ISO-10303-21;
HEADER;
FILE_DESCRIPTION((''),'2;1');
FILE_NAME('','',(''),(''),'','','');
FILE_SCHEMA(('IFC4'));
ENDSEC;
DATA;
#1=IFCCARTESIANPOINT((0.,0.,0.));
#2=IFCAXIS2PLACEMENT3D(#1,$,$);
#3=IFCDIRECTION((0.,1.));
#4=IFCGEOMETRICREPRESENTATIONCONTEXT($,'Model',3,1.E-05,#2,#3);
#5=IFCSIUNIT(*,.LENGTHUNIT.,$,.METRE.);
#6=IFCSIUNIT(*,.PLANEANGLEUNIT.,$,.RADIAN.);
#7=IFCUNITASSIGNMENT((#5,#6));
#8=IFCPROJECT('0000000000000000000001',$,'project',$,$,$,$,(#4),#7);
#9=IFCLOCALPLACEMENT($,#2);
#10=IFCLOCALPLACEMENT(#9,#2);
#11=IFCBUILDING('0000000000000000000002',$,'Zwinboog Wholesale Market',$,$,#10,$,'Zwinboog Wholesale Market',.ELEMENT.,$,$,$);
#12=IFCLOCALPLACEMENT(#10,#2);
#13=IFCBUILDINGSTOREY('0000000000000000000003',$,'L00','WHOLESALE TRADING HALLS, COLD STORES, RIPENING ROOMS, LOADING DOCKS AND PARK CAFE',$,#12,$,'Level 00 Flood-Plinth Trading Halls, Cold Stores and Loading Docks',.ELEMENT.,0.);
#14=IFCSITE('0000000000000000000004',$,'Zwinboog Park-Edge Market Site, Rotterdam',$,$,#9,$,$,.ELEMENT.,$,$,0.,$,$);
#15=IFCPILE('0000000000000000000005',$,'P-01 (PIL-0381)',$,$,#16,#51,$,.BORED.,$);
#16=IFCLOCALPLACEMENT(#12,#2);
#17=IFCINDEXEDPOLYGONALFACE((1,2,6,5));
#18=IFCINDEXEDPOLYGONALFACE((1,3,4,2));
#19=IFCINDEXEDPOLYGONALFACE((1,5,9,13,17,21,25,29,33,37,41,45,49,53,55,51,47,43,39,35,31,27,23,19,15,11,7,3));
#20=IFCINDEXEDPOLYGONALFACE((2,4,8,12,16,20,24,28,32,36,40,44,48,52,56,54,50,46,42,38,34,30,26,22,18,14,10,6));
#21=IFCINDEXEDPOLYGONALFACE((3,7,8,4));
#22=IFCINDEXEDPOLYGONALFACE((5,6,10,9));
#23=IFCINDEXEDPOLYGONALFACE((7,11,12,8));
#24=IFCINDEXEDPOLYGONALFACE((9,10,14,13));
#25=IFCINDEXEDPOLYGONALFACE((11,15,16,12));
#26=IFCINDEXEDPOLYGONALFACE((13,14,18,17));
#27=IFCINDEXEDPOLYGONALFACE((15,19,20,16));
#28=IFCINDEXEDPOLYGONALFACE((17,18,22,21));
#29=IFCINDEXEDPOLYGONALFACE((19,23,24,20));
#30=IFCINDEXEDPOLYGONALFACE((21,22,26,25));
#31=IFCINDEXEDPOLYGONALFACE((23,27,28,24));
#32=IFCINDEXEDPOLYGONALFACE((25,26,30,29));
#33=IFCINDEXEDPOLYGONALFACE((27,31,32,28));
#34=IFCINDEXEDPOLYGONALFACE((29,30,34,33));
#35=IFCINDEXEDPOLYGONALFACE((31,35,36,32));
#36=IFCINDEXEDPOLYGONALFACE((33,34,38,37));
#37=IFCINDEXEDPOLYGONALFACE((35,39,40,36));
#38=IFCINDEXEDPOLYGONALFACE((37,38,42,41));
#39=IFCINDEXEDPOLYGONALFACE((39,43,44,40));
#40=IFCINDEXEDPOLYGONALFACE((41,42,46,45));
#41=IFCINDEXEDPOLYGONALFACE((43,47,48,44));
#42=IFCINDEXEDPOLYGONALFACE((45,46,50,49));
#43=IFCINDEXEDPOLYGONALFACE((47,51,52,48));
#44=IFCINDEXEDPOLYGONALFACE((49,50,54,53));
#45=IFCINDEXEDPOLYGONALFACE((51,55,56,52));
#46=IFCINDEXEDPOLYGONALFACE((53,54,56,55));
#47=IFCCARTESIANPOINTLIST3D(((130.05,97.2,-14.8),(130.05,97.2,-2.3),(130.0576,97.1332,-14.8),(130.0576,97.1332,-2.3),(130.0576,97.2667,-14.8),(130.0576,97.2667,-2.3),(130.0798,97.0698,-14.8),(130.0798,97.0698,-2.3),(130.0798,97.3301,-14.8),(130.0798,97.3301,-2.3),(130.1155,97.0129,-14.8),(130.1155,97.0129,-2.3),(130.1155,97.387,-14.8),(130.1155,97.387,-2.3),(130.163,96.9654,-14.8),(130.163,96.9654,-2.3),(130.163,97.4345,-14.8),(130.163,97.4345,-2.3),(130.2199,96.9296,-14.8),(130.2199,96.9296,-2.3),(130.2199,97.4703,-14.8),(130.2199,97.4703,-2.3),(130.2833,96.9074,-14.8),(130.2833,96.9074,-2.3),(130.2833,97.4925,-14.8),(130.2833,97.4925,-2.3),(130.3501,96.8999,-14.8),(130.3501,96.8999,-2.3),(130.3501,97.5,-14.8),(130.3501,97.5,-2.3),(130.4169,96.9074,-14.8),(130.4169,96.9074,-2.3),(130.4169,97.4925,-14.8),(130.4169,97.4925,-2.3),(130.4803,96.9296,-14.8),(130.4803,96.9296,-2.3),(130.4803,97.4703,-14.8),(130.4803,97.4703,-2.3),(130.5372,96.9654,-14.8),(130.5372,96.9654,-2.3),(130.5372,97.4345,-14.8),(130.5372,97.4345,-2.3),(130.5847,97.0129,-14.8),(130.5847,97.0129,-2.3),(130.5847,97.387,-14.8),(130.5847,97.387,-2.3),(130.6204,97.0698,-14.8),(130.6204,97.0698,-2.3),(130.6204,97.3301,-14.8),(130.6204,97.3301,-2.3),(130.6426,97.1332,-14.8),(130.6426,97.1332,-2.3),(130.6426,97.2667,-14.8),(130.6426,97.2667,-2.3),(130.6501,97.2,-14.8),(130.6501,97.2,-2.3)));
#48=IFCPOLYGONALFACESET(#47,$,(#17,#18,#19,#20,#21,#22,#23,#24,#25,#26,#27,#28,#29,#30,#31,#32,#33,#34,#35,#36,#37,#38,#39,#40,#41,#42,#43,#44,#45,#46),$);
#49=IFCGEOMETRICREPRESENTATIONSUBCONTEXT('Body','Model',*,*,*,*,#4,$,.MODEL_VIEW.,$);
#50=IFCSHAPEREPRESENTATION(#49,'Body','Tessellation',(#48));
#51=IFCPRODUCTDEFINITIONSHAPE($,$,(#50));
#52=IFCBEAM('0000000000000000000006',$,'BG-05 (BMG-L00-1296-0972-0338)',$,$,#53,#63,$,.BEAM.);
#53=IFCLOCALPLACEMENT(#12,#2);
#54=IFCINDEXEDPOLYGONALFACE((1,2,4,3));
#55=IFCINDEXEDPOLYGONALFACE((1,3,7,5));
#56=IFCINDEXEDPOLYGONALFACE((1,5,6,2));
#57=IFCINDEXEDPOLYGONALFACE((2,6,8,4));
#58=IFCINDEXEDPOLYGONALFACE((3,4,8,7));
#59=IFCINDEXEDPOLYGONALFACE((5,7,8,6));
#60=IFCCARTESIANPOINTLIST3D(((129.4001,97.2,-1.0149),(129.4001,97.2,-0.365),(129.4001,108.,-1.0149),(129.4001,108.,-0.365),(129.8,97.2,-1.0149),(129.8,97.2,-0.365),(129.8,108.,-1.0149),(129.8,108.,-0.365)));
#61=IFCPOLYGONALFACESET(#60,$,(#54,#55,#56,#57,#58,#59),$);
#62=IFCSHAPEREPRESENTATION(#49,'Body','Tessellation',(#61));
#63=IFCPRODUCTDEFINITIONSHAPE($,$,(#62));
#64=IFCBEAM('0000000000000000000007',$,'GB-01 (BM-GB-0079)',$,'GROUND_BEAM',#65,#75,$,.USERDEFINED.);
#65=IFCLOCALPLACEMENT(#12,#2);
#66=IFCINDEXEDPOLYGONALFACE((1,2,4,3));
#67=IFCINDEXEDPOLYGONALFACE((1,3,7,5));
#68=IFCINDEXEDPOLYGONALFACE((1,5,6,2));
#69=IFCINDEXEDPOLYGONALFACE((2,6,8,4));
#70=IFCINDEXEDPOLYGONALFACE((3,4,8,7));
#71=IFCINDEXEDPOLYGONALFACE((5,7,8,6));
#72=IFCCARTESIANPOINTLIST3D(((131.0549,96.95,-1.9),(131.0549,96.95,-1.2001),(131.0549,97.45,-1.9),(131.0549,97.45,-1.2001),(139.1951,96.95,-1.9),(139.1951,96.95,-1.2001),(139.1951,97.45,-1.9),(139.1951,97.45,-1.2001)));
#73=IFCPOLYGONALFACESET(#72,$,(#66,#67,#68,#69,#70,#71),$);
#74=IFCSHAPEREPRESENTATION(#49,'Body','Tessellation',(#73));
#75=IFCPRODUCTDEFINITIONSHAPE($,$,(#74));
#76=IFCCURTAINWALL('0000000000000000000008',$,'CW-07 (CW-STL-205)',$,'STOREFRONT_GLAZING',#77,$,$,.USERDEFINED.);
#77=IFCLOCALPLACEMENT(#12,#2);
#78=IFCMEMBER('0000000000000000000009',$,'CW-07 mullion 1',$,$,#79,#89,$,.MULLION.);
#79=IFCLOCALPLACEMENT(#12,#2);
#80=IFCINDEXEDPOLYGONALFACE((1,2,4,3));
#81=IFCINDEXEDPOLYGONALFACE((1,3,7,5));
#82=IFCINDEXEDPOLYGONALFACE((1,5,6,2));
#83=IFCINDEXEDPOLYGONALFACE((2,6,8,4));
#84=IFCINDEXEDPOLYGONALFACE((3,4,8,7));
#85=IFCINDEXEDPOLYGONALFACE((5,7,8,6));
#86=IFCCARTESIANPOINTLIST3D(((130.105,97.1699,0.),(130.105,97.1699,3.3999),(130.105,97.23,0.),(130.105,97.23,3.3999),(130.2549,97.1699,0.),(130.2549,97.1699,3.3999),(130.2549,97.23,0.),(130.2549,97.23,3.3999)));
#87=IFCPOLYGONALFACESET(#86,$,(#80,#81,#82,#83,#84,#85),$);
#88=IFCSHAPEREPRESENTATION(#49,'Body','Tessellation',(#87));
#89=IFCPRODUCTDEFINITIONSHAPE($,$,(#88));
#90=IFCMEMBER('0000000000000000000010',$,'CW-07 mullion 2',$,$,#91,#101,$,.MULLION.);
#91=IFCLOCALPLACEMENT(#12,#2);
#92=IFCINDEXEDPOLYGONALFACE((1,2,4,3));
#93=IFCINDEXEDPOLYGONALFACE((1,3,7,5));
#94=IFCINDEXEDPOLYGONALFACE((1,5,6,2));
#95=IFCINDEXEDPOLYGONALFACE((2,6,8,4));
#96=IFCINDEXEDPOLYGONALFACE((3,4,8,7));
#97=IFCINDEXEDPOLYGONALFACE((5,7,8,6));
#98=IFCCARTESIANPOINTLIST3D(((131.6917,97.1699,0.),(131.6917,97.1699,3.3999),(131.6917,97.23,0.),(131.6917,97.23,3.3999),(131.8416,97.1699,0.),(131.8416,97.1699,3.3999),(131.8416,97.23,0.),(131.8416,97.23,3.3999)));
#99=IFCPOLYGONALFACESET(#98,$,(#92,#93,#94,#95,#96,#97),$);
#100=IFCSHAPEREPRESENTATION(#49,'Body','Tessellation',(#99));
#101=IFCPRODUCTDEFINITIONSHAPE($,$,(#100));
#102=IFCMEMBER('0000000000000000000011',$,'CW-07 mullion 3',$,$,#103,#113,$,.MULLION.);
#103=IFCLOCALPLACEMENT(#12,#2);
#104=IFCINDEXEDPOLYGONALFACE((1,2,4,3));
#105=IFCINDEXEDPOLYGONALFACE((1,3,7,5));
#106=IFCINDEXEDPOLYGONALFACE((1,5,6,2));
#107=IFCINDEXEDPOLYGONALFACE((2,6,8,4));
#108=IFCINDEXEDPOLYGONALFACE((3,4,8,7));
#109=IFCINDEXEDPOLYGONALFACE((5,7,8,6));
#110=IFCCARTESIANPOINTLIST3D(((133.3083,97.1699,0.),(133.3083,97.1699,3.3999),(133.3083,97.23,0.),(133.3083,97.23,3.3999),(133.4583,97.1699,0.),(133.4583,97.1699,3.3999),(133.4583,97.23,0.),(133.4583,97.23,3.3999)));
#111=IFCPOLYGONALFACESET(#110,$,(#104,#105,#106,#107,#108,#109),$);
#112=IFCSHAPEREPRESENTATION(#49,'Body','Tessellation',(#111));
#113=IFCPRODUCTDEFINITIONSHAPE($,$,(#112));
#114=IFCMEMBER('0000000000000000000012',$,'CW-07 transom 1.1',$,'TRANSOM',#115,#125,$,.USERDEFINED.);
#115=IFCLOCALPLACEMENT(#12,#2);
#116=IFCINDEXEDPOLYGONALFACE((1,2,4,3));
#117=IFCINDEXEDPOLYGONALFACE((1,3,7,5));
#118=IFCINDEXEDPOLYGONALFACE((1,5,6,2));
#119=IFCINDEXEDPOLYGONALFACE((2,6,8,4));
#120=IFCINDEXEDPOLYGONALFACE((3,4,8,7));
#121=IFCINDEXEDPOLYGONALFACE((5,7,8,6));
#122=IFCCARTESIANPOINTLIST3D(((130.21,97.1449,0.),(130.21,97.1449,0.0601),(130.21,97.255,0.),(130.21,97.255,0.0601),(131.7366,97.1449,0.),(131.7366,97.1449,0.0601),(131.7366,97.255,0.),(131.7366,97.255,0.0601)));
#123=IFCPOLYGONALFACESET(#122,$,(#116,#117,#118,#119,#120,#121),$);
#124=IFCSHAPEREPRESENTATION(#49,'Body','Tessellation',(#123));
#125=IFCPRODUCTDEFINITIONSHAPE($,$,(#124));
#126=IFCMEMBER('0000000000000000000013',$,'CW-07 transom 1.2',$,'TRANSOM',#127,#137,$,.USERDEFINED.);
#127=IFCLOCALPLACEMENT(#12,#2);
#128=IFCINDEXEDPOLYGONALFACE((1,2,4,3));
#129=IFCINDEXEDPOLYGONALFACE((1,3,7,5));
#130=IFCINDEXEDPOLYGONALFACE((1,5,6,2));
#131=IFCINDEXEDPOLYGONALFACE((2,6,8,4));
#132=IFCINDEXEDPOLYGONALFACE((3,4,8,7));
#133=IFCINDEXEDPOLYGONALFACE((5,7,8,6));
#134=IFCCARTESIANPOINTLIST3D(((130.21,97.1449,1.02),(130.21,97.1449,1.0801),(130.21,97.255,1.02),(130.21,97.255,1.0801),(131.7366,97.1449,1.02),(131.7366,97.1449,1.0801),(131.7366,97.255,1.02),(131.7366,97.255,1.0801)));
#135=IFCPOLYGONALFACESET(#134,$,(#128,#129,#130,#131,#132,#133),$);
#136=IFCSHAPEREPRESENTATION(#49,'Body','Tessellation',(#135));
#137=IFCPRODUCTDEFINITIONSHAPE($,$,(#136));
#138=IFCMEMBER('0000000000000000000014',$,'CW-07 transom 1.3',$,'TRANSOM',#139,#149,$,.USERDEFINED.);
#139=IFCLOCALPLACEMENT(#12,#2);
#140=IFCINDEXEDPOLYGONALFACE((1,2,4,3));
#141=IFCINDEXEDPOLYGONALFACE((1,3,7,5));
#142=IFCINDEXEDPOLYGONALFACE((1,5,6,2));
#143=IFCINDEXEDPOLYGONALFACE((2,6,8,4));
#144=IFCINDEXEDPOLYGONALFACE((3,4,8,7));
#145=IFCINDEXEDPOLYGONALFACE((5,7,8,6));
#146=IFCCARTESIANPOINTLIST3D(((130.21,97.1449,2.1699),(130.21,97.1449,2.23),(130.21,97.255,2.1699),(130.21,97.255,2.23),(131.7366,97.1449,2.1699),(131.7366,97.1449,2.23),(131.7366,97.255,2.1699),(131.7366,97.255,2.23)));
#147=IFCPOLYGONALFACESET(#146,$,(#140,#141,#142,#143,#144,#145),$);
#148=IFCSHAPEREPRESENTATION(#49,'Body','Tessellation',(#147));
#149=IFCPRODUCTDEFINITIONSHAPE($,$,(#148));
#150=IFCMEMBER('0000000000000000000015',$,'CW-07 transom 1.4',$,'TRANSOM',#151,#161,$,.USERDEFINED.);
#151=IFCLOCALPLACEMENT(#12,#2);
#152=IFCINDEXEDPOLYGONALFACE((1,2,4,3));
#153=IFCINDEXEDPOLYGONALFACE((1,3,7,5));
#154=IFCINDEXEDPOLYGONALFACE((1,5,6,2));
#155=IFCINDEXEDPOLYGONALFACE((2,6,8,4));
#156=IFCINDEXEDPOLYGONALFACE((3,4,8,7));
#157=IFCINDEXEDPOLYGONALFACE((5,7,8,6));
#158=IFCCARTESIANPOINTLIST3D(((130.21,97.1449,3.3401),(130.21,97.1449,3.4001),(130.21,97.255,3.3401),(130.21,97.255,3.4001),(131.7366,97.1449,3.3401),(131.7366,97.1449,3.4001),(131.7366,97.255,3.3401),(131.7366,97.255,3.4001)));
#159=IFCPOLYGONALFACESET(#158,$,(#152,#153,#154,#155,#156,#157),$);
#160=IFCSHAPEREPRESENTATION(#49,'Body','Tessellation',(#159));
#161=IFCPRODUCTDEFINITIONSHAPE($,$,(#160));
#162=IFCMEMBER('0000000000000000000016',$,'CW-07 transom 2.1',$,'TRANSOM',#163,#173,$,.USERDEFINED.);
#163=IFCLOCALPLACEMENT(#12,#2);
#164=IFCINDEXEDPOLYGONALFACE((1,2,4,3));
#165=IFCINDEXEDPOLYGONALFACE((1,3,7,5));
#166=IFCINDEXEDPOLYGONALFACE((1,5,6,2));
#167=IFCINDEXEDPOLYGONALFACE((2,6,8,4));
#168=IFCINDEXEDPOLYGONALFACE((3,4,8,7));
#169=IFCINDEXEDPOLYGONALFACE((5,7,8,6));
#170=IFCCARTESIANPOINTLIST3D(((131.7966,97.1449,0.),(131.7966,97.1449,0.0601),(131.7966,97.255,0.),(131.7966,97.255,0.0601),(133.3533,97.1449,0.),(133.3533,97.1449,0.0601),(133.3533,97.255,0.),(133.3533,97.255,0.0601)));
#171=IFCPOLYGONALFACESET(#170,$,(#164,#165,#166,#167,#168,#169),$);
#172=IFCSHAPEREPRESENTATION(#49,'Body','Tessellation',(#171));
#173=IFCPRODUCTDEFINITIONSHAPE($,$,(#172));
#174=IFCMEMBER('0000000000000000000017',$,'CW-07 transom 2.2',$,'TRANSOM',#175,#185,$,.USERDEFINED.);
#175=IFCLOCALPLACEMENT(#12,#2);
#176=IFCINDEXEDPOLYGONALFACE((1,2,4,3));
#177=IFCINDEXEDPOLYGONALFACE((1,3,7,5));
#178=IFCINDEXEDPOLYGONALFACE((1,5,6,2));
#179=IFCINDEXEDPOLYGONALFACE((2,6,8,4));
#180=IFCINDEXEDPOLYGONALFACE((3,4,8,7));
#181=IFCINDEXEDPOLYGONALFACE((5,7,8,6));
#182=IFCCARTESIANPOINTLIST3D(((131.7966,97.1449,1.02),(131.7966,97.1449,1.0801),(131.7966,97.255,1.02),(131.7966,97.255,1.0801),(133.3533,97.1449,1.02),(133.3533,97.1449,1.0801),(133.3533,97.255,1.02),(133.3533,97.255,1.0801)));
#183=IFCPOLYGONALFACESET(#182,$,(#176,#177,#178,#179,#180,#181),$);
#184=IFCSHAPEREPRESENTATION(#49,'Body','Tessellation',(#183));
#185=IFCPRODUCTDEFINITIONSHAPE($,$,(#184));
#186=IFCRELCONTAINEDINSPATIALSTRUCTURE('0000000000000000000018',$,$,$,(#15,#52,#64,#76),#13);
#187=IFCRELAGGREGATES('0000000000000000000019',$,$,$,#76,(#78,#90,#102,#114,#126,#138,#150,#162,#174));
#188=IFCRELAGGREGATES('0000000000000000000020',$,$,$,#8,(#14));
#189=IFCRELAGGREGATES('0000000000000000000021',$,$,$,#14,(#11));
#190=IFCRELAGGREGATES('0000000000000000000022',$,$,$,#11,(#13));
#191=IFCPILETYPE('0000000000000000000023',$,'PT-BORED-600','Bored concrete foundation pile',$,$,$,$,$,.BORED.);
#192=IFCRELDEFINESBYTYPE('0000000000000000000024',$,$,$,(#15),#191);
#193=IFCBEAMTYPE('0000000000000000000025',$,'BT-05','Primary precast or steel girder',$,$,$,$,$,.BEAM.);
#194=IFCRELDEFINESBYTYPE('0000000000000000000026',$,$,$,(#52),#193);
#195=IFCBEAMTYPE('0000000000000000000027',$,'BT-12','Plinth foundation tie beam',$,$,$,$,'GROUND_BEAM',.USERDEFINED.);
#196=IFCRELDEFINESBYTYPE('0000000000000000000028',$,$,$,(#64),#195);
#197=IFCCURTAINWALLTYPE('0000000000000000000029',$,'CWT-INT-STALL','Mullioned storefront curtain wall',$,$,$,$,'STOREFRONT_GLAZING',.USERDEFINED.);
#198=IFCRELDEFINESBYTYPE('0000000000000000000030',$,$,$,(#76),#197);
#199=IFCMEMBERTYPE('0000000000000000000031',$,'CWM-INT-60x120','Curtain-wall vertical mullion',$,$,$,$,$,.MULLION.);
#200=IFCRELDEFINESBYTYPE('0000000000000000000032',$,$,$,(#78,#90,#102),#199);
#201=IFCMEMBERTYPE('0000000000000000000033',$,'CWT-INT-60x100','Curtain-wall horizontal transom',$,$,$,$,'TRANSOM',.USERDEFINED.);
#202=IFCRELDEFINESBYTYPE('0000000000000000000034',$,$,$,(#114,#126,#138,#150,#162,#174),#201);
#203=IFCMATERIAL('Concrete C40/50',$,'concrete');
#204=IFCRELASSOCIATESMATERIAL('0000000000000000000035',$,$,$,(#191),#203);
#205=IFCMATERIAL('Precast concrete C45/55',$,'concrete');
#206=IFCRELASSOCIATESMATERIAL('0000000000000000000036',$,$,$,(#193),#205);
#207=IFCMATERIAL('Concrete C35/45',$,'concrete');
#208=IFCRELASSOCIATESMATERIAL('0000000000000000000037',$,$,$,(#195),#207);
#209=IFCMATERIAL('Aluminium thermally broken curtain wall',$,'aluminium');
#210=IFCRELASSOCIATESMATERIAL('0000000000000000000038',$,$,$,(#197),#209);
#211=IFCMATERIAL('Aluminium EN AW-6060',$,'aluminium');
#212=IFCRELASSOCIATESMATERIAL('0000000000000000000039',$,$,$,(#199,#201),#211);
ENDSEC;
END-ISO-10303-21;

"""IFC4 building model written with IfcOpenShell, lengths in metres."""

from ifc_helpers import new_model, si_unit, direction, frame, origin, origin_2d, place, context, subcontext, project, spatial, rectangle, circle, extrude, material, material_profile, profile_set, type_object, element, aggregate, save


model = new_model("IFC4")

# Units and contexts
model_context = context("Model", 3, precision=1e-05, world=origin(), true_north=direction((0.0, 1.0)))
body_context = subcontext(model_context, "Body", "Model", "MODEL_VIEW")
ifc_project = project(units=[si_unit("LENGTHUNIT", "METRE"), si_unit("PLANEANGLEUNIT", "RADIAN")], contexts=[model_context])

# Site, building, storey
site_placement = place(None, origin())
site = spatial("IfcSite", under=ifc_project, at=site_placement, Name="Zwinboog Park-Edge Market Site, Rotterdam", CompositionType="ELEMENT", RefElevation=0.0)
building_placement = place(site_placement, origin())
building = spatial("IfcBuilding", under=site, at=building_placement, Name="Zwinboog Wholesale Market", LongName="Zwinboog Wholesale Market", CompositionType="ELEMENT")
storey_placement = place(building_placement, origin())
storey = spatial("IfcBuildingStorey", under=building, at=storey_placement, Name="L00", Description="WHOLESALE TRADING HALLS, COLD STORES, RIPENING ROOMS, LOADING DOCKS AND PARK CAFE", LongName="Level 00 Flood-Plinth Trading Halls, Cold Stores and Loading Docks", CompositionType="ELEMENT", Elevation=0.0)

# Pile
ifc_material_1 = material(Name="Concrete C40/50", Category="concrete")
ifc_material_profile_1 = material_profile(ifc_material_1, circle(Radius=0.3, at=origin_2d()), Name="PILE D600")
ifc_profile_set_1 = profile_set([ifc_material_profile_1], Name="Concrete C40/50")
pile_type = type_object("IfcPileType", Name="PT-BORED-600", Description="Bored concrete foundation pile", PredefinedType="BORED", material=ifc_profile_set_1)
pile_placement = place(storey_placement, frame((130.3501, 97.2, -2.3), z_axis=(0.0, 0.0, -1.0), x_axis=(1.0, 0.0, 0.0)))
element("IfcPile", 1, at=pile_placement, inside=storey, type_object=pile_type, Name="P-01 (PIL-0381)", PredefinedType="BORED", context=body_context, shape_type="SweptSolid", body=[
    extrude(circle(Radius=0.3, at=origin_2d()), origin(), (0.0, 0.0, 1.0), 12.5),
])

# Beams
ifc_material_2 = material(Name="Precast concrete C45/55", Category="concrete")
ifc_material_profile_2 = material_profile(ifc_material_2, rectangle(XDim=0.3999, YDim=0.6499, at=origin_2d()), Name="PC 400x650")
ifc_profile_set_2 = profile_set([ifc_material_profile_2], Name="Precast concrete C45/55")
beam_type_1 = type_object("IfcBeamType", Name="BT-05", Description="Primary precast or steel girder", PredefinedType="BEAM", material=ifc_profile_set_2)
beam_1_placement = place(storey_placement, frame((129.6001, 97.2, -0.6899), z_axis=(0.0, 1.0, 0.0), x_axis=(-1.0, 0.0, 0.0)))
element("IfcBeam", 2, at=beam_1_placement, inside=storey, type_object=beam_type_1, Name="BG-05 (BMG-L00-1296-0972-0338)", PredefinedType="BEAM", context=body_context, shape_type="SweptSolid", body=[
    extrude(rectangle(XDim=0.3999, YDim=0.6499, at=origin_2d()), origin(), (0.0, 0.0, 1.0), 10.8),
])
ifc_material_3 = material(Name="Concrete C35/45", Category="concrete")
ifc_material_profile_3 = material_profile(ifc_material_3, rectangle(XDim=0.5, YDim=0.7, at=origin_2d()), Name="RC 500x700")
ifc_profile_set_3 = profile_set([ifc_material_profile_3], Name="Concrete C35/45")
beam_type_2 = type_object("IfcBeamType", Name="BT-12", Description="Plinth foundation tie beam", ElementType="GROUND_BEAM", PredefinedType="USERDEFINED", material=ifc_profile_set_3)
beam_2_placement = place(storey_placement, frame((131.0549, 97.2, -1.55), z_axis=(1.0, 0.0, 0.0), x_axis=(0.0, 1.0, 0.0)))
element("IfcBeam", 3, at=beam_2_placement, inside=storey, type_object=beam_type_2, Name="GB-01 (BM-GB-0079)", ObjectType="GROUND_BEAM", PredefinedType="USERDEFINED", context=body_context, shape_type="SweptSolid", body=[
    extrude(rectangle(XDim=0.5, YDim=0.7, at=origin_2d()), origin(), (0.0, 0.0, 1.0), 8.1401),
])

# Curtain wall, members
ifc_material_4 = material(Name="Aluminium thermally broken curtain wall", Category="aluminium")
curtain_wall_type = type_object("IfcCurtainWallType", Name="CWT-INT-STALL", Description="Mullioned storefront curtain wall", ElementType="STOREFRONT_GLAZING", PredefinedType="USERDEFINED", material=ifc_material_4)
curtain_wall_placement = place(storey_placement, origin())
curtain_wall = element("IfcCurtainWall", 4, at=curtain_wall_placement, inside=storey, type_object=curtain_wall_type, Name="CW-07 (CW-STL-205)", ObjectType="STOREFRONT_GLAZING", PredefinedType="USERDEFINED")
ifc_material_5 = material(Name="Aluminium EN AW-6060", Category="aluminium")
ifc_material_profile_4 = material_profile(ifc_material_5, rectangle(XDim=0.0601, YDim=0.1499, at=origin_2d()), Name="AL 60x150")
ifc_profile_set_4 = profile_set([ifc_material_profile_4], Name="Aluminium EN AW-6060")
member_type_1 = type_object("IfcMemberType", Name="CWM-INT-60x120", Description="Curtain-wall vertical mullion", PredefinedType="MULLION", material=ifc_profile_set_4)
member_1_placement = place(storey_placement, frame((130.1799, 97.2, 0.0), z_axis=(0.0, 0.0, 1.0), x_axis=(0.0, 1.0, 0.0)))
member_1 = element("IfcMember", 5, at=member_1_placement, type_object=member_type_1, Name="CW-07 mullion 1", PredefinedType="MULLION", context=body_context, shape_type="SweptSolid", body=[
    extrude(rectangle(XDim=0.0601, YDim=0.1499, at=origin_2d()), origin(), (0.0, 0.0, 1.0), 3.3999),
])
member_2_placement = place(storey_placement, frame((131.7666, 97.2, 0.0), z_axis=(0.0, 0.0, 1.0), x_axis=(0.0, 1.0, 0.0)))
member_2 = element("IfcMember", 6, at=member_2_placement, type_object=member_type_1, Name="CW-07 mullion 2", PredefinedType="MULLION", context=body_context, shape_type="SweptSolid", body=[
    extrude(rectangle(XDim=0.0601, YDim=0.1499, at=origin_2d()), origin(), (0.0, 0.0, 1.0), 3.3999),
])
member_3_placement = place(storey_placement, frame((133.3833, 97.2, 0.0), z_axis=(0.0, 0.0, 1.0), x_axis=(0.0, 1.0, 0.0)))
member_3 = element("IfcMember", 7, at=member_3_placement, type_object=member_type_1, Name="CW-07 mullion 3", PredefinedType="MULLION", context=body_context, shape_type="SweptSolid", body=[
    extrude(rectangle(XDim=0.0601, YDim=0.1499, at=origin_2d()), origin(), (0.0, 0.0, 1.0), 3.3999),
])
ifc_material_profile_5 = material_profile(ifc_material_5, rectangle(XDim=0.1101, YDim=0.0601, at=origin_2d()), Name="AL 60x110")
ifc_profile_set_5 = profile_set([ifc_material_profile_5], Name="Aluminium EN AW-6060")
member_type_2 = type_object("IfcMemberType", Name="CWT-INT-60x100", Description="Curtain-wall horizontal transom", ElementType="TRANSOM", PredefinedType="USERDEFINED", material=ifc_profile_set_5)
member_4_placement = place(storey_placement, frame((130.21, 97.2, 0.03), z_axis=(1.0, 0.0, 0.0), x_axis=(0.0, 1.0, 0.0)))
member_4 = element("IfcMember", 8, at=member_4_placement, type_object=member_type_2, Name="CW-07 transom 1.1", ObjectType="TRANSOM", PredefinedType="USERDEFINED", context=body_context, shape_type="SweptSolid", body=[
    extrude(rectangle(XDim=0.1101, YDim=0.0601, at=origin_2d()), origin(), (0.0, 0.0, 1.0), 1.5266),
])
member_5_placement = place(storey_placement, frame((130.21, 97.2, 1.05), z_axis=(1.0, 0.0, 0.0), x_axis=(0.0, 1.0, 0.0)))
member_5 = element("IfcMember", 9, at=member_5_placement, type_object=member_type_2, Name="CW-07 transom 1.2", ObjectType="TRANSOM", PredefinedType="USERDEFINED", context=body_context, shape_type="SweptSolid", body=[
    extrude(rectangle(XDim=0.1101, YDim=0.0601, at=origin_2d()), origin(), (0.0, 0.0, 1.0), 1.5266),
])
member_6_placement = place(storey_placement, frame((130.21, 97.2, 2.2), z_axis=(1.0, 0.0, 0.0), x_axis=(0.0, 1.0, 0.0)))
member_6 = element("IfcMember", 10, at=member_6_placement, type_object=member_type_2, Name="CW-07 transom 1.3", ObjectType="TRANSOM", PredefinedType="USERDEFINED", context=body_context, shape_type="SweptSolid", body=[
    extrude(rectangle(XDim=0.1101, YDim=0.0601, at=origin_2d()), origin(), (0.0, 0.0, 1.0), 1.5266),
])
member_7_placement = place(storey_placement, frame((130.21, 97.2, 3.3701), z_axis=(1.0, 0.0, 0.0), x_axis=(0.0, 1.0, 0.0)))
member_7 = element("IfcMember", 11, at=member_7_placement, type_object=member_type_2, Name="CW-07 transom 1.4", ObjectType="TRANSOM", PredefinedType="USERDEFINED", context=body_context, shape_type="SweptSolid", body=[
    extrude(rectangle(XDim=0.1101, YDim=0.0601, at=origin_2d()), origin(), (0.0, 0.0, 1.0), 1.5266),
])
member_8_placement = place(storey_placement, frame((131.7966, 97.2, 0.03), z_axis=(1.0, 0.0, 0.0), x_axis=(0.0, 1.0, 0.0)))
member_8 = element("IfcMember", 12, at=member_8_placement, type_object=member_type_2, Name="CW-07 transom 2.1", ObjectType="TRANSOM", PredefinedType="USERDEFINED", context=body_context, shape_type="SweptSolid", body=[
    extrude(rectangle(XDim=0.1101, YDim=0.0601, at=origin_2d()), origin(), (0.0, 0.0, 1.0), 1.5566),
])
member_9_placement = place(storey_placement, frame((131.7966, 97.2, 1.05), z_axis=(1.0, 0.0, 0.0), x_axis=(0.0, 1.0, 0.0)))
member_9 = element("IfcMember", 13, at=member_9_placement, type_object=member_type_2, Name="CW-07 transom 2.2", ObjectType="TRANSOM", PredefinedType="USERDEFINED", context=body_context, shape_type="SweptSolid", body=[
    extrude(rectangle(XDim=0.1101, YDim=0.0601, at=origin_2d()), origin(), (0.0, 0.0, 1.0), 1.5566),
])
aggregate(curtain_wall, [member_1, member_2, member_3, member_4, member_5, member_6, member_7, member_8, member_9])

save(model, "model.ifc")
